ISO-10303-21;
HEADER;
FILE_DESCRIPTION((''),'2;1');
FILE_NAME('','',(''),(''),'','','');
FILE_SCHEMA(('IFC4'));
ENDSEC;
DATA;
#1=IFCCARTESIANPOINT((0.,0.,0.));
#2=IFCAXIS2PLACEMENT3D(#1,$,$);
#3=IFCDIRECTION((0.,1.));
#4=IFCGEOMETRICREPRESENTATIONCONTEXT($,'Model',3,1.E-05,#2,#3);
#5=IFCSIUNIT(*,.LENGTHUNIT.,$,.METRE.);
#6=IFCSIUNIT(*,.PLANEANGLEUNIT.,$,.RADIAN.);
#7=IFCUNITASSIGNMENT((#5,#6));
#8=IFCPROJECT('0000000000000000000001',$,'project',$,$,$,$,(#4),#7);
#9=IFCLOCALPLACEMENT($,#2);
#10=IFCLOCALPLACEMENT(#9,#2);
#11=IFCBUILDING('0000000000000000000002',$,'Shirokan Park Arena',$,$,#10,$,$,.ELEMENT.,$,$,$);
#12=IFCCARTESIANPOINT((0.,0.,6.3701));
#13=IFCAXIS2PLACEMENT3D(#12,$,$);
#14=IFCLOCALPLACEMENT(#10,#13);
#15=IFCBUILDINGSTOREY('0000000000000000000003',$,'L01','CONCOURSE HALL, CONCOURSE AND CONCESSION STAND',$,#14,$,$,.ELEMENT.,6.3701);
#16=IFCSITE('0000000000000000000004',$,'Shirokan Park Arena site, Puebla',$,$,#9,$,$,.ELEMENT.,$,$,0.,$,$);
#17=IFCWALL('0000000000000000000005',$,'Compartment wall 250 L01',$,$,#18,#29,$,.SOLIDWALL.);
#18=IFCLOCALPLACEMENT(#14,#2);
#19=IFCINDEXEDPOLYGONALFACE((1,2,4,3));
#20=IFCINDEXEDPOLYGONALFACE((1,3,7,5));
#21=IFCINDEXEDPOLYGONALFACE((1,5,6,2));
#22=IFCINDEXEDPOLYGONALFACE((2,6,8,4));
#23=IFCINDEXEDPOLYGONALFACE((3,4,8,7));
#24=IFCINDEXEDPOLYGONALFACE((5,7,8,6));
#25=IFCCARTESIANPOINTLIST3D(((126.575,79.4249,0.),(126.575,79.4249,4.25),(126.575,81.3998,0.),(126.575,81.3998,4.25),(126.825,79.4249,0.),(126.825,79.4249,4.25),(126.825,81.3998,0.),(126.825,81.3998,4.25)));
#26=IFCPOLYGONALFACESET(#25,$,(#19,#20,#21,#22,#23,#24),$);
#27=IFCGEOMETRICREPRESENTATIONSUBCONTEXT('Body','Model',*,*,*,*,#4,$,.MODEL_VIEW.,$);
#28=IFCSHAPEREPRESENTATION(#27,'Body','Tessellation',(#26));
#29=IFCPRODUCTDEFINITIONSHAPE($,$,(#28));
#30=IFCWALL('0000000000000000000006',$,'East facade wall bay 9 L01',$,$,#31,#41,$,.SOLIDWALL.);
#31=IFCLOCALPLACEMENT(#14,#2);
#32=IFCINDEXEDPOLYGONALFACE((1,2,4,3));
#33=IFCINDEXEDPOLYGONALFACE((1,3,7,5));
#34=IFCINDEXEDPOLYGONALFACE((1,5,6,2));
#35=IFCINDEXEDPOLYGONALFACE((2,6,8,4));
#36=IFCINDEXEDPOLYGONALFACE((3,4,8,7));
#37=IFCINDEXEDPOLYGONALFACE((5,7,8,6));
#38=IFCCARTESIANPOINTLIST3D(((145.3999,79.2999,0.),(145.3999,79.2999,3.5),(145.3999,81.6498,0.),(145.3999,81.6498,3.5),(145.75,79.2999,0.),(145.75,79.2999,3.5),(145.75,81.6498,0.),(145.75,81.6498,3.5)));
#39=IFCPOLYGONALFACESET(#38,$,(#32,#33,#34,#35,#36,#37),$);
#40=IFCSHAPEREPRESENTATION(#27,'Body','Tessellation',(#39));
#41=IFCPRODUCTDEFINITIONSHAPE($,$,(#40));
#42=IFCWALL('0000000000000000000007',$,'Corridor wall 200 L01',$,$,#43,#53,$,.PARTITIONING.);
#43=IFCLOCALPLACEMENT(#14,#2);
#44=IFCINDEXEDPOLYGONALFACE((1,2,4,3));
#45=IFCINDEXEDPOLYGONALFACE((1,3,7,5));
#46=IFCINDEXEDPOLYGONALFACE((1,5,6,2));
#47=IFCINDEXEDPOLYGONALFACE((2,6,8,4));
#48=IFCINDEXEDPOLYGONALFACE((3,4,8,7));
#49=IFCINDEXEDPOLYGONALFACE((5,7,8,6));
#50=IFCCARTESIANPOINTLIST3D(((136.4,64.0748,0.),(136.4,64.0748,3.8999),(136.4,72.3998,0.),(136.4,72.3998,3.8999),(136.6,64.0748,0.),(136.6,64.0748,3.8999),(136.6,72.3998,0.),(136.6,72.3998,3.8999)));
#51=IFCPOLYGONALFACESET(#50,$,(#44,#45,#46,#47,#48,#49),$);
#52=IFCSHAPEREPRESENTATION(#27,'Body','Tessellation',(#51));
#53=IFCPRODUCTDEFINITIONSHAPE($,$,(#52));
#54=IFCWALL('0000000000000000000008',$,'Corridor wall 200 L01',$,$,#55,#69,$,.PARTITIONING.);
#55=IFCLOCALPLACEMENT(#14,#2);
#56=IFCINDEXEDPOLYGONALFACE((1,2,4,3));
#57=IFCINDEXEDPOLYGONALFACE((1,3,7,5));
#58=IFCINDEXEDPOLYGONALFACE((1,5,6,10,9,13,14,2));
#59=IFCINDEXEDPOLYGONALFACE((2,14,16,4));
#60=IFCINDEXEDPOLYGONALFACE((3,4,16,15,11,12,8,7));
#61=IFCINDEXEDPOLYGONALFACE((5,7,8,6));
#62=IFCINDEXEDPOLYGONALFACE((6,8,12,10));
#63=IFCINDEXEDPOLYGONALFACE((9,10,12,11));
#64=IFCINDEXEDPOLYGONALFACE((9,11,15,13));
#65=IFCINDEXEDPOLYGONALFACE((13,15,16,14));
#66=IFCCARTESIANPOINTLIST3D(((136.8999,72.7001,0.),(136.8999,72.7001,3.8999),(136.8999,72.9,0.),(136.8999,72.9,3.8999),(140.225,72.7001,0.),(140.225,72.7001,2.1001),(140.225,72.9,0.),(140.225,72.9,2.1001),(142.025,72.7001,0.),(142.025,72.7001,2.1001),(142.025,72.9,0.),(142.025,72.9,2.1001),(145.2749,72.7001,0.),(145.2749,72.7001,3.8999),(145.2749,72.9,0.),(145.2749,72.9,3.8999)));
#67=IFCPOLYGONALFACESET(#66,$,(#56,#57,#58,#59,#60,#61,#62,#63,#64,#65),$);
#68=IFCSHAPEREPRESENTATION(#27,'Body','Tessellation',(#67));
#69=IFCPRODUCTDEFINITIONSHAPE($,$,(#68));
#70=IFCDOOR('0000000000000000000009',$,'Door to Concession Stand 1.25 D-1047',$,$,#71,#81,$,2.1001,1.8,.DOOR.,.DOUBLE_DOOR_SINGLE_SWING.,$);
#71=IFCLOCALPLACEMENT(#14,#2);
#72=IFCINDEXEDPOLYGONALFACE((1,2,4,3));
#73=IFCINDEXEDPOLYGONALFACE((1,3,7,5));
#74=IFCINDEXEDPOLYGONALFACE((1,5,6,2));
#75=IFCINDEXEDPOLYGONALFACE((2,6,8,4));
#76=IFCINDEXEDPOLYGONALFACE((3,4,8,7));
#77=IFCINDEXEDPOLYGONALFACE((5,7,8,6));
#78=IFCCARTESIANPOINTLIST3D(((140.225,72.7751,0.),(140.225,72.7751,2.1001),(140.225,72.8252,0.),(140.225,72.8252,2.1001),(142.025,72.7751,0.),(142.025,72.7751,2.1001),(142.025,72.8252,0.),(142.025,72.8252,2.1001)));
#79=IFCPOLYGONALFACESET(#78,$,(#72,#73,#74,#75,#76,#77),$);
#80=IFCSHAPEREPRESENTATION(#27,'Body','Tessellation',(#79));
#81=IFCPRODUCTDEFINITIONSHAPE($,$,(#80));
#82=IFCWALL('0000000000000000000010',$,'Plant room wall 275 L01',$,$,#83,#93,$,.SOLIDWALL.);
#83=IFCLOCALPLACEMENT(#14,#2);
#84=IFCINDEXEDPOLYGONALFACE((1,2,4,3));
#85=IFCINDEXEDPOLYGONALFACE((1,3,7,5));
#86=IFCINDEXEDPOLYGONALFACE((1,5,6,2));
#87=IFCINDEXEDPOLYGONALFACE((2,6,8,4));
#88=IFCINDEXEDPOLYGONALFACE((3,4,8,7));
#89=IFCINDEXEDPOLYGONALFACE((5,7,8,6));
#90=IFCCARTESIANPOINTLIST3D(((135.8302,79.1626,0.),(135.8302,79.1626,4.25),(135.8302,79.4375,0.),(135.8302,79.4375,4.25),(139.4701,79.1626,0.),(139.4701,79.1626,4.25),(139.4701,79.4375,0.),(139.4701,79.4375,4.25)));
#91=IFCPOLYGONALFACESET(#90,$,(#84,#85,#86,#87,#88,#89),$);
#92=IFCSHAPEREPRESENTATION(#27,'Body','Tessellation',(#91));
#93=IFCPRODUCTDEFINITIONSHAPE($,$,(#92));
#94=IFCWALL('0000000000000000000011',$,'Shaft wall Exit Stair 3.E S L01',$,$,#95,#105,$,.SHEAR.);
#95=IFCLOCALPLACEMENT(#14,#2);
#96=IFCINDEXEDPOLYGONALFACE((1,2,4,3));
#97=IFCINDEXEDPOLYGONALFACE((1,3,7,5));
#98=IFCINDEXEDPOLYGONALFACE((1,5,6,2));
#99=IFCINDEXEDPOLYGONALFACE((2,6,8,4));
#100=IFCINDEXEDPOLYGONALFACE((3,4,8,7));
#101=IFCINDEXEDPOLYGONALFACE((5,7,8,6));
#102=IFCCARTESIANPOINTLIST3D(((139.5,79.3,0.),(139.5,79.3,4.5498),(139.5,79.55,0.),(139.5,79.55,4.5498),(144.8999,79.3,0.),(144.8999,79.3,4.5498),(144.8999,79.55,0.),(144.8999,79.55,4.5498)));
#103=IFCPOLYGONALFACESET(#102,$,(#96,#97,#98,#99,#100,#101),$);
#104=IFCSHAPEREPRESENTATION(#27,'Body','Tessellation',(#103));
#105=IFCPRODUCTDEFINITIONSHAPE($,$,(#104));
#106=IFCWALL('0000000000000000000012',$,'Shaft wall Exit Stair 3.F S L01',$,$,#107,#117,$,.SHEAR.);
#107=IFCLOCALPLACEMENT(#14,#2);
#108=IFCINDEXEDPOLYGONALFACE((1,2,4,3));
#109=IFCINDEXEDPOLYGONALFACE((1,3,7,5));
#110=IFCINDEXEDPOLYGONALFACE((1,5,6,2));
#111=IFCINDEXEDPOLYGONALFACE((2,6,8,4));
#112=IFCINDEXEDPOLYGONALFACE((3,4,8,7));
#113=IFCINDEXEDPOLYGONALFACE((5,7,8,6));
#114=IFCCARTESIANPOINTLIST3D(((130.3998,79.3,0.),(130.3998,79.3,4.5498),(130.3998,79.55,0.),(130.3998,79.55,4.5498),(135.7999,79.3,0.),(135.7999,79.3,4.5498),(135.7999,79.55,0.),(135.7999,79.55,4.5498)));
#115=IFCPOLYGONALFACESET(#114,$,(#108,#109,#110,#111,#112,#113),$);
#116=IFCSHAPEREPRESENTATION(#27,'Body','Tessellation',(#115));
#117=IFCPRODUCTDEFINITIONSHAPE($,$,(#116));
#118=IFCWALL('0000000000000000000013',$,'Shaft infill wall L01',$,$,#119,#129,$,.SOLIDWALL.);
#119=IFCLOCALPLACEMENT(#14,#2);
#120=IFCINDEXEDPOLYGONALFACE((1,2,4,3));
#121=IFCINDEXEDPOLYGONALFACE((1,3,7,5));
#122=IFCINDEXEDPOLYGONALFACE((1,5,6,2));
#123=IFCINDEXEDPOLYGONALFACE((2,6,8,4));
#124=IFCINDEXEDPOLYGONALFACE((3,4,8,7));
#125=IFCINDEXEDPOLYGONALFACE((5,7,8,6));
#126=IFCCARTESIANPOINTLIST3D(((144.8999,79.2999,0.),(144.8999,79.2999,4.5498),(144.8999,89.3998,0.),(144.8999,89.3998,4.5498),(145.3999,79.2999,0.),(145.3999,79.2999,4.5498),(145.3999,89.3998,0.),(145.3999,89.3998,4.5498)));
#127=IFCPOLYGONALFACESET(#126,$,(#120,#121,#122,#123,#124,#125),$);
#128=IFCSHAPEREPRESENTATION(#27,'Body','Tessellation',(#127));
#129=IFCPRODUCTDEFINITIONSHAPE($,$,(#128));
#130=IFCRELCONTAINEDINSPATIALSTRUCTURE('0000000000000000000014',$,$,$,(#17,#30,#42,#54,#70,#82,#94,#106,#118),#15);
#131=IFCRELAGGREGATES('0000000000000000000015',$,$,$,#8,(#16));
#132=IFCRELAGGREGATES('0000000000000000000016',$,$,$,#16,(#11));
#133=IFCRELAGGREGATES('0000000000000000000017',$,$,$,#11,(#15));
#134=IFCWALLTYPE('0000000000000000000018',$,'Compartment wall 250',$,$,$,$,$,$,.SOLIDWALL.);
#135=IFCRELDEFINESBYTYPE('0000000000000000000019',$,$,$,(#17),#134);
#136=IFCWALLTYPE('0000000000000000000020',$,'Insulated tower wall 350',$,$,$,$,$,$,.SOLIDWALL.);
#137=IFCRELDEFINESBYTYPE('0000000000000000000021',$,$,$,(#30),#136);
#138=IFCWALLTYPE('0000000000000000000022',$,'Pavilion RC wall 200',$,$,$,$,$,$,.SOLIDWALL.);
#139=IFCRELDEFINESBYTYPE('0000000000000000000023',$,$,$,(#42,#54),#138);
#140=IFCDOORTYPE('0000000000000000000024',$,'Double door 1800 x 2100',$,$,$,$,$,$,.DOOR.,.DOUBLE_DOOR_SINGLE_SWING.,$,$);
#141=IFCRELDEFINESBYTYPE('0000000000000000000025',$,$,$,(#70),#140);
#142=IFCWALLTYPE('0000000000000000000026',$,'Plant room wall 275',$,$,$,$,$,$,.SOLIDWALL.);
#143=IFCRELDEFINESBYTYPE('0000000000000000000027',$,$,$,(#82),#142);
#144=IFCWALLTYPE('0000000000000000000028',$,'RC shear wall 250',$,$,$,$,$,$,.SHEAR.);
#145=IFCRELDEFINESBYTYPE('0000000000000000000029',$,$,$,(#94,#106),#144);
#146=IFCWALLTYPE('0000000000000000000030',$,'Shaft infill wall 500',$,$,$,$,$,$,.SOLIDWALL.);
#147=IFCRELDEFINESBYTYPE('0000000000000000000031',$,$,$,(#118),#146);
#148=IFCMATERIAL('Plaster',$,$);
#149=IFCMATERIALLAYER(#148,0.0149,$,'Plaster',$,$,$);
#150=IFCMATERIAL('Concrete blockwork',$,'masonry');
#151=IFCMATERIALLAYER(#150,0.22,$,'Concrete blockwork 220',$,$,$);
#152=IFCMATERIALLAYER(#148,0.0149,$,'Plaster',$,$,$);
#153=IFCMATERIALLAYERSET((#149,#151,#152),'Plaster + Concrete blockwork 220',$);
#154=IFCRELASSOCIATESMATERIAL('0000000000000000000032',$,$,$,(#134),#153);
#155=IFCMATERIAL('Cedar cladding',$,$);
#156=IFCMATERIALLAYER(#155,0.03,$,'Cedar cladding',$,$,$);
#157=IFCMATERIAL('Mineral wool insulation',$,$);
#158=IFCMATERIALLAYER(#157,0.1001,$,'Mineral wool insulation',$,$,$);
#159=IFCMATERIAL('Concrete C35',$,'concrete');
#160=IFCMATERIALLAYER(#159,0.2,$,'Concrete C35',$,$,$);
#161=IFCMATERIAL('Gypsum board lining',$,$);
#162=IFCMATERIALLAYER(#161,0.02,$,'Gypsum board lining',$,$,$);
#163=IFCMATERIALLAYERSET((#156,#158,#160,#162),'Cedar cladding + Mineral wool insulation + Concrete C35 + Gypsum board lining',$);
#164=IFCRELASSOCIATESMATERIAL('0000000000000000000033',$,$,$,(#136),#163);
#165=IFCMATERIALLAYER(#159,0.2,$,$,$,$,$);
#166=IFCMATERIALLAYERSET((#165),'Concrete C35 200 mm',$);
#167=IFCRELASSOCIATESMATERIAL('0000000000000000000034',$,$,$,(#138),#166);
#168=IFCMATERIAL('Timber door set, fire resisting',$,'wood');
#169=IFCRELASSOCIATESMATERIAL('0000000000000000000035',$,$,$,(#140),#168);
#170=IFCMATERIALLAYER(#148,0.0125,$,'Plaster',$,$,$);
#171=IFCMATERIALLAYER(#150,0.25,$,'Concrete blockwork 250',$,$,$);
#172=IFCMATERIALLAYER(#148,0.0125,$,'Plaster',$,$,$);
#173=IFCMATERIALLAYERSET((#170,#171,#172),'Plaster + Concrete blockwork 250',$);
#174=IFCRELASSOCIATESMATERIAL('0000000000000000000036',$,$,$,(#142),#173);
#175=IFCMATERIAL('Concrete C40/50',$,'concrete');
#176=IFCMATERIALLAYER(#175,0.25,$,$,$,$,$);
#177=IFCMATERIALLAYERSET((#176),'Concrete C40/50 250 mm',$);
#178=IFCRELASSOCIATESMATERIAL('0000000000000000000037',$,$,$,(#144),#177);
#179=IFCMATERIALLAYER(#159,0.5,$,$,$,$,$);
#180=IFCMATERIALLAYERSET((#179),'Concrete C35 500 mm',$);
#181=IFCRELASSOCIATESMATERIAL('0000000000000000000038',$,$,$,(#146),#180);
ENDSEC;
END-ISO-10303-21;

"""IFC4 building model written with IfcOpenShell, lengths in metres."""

from ifc_helpers import new_model, si_unit, direction, frame, frame_2d, origin, place, context, subcontext, project, spatial, rectangle, extrude, material, layer, layer_set, type_object, element, fill, save


model = new_model("IFC4")

# Units and contexts
model_context = context("Model", 3, precision=1e-05, world=origin(), true_north=direction((0.0, 1.0)))
body_context = subcontext(model_context, "Body", "Model", "MODEL_VIEW")
ifc_project = project(units=[si_unit("LENGTHUNIT", "METRE"), si_unit("PLANEANGLEUNIT", "RADIAN")], contexts=[model_context])

# Site, building, storey
site_placement = place(None, origin())
site = spatial("IfcSite", under=ifc_project, at=site_placement, Name="Shirokan Park Arena site, Puebla", CompositionType="ELEMENT", RefElevation=0.0)
building_placement = place(site_placement, origin())
building = spatial("IfcBuilding", under=site, at=building_placement, Name="Shirokan Park Arena", CompositionType="ELEMENT")
storey_placement = place(building_placement, frame((0.0, 0.0, 6.3701)))
storey = spatial("IfcBuildingStorey", under=building, at=storey_placement, Name="L01", Description="CONCOURSE HALL, CONCOURSE AND CONCESSION STAND", CompositionType="ELEMENT", Elevation=6.3701)

# Shared definitions
ifc_material_1 = material(Name="Concrete C35", Category="concrete")

# Walls
ifc_material_2 = material(Name="Plaster")
ifc_layer_1 = layer(ifc_material_2, 0.0149, Name="Plaster")
ifc_material_3 = material(Name="Concrete blockwork", Category="masonry")
ifc_layer_2 = layer(ifc_material_3, 0.22, Name="Concrete blockwork 220")
ifc_layer_3 = layer(ifc_material_2, 0.0149, Name="Plaster")
ifc_layer_set_1 = layer_set([ifc_layer_1, ifc_layer_2, ifc_layer_3], Name="Plaster + Concrete blockwork 220")
wall_type_1 = type_object("IfcWallType", Name="Compartment wall 250", PredefinedType="SOLIDWALL", material=ifc_layer_set_1)
wall_1_placement = place(storey_placement, frame((126.7, 79.425, 0.0), z_axis=(0.0, 0.0, 1.0), x_axis=(0.0, 1.0, 0.0)))
element("IfcWall", 1, at=wall_1_placement, inside=storey, type_object=wall_type_1, Name="Compartment wall 250 L01", PredefinedType="SOLIDWALL", context=body_context, shape_type="SweptSolid", body=[
    extrude(rectangle(XDim=1.9749, YDim=0.25, at=frame_2d((0.9873, 0.0))), origin(), (0.0, 0.0, 1.0), 4.25),
])
ifc_material_4 = material(Name="Cedar cladding")
ifc_layer_4 = layer(ifc_material_4, 0.03, Name="Cedar cladding")
ifc_material_5 = material(Name="Mineral wool insulation")
ifc_layer_5 = layer(ifc_material_5, 0.1001, Name="Mineral wool insulation")
ifc_layer_6 = layer(ifc_material_1, 0.2, Name="Concrete C35")
ifc_material_6 = material(Name="Gypsum board lining")
ifc_layer_7 = layer(ifc_material_6, 0.02, Name="Gypsum board lining")
ifc_layer_set_2 = layer_set([ifc_layer_4, ifc_layer_5, ifc_layer_6, ifc_layer_7], Name="Cedar cladding + Mineral wool insulation + Concrete C35 + Gypsum board lining")
wall_type_2 = type_object("IfcWallType", Name="Insulated tower wall 350", PredefinedType="SOLIDWALL", material=ifc_layer_set_2)
wall_2_placement = place(storey_placement, frame((145.575, 79.3, 0.0), z_axis=(0.0, 0.0, 1.0), x_axis=(0.0, 1.0, 0.0)))
element("IfcWall", 2, at=wall_2_placement, inside=storey, type_object=wall_type_2, Name="East facade wall bay 9 L01", PredefinedType="SOLIDWALL", context=body_context, shape_type="SweptSolid", body=[
    extrude(rectangle(XDim=2.3499, YDim=0.3501, at=frame_2d((1.1748, 0.0))), origin(), (0.0, 0.0, 1.0), 3.5),
])
ifc_layer_8 = layer(ifc_material_1, 0.2)
ifc_layer_set_3 = layer_set([ifc_layer_8], Name="Concrete C35 200 mm")
wall_type_3 = type_object("IfcWallType", Name="Pavilion RC wall 200", PredefinedType="SOLIDWALL", material=ifc_layer_set_3)
wall_3_placement = place(storey_placement, frame((136.5, 72.3999, 0.0), z_axis=(0.0, 0.0, 1.0), x_axis=(0.0, -1.0, 0.0)))
element("IfcWall", 3, at=wall_3_placement, inside=storey, type_object=wall_type_3, Name="Corridor wall 200 L01", PredefinedType="PARTITIONING", context=body_context, shape_type="SweptSolid", body=[
    extrude(rectangle(XDim=8.325, YDim=0.2, at=frame_2d((4.1626, 0.0))), origin(), (0.0, 0.0, 1.0), 3.8999),
])

# Wall, opening, door
wall_4_placement = place(storey_placement, frame((145.2749, 72.8, 0.0), z_axis=(0.0, 0.0, 1.0), x_axis=(-1.0, 0.0, 0.0)))
wall_4 = element("IfcWall", 4, at=wall_4_placement, inside=storey, type_object=wall_type_3, Name="Corridor wall 200 L01", PredefinedType="PARTITIONING", context=body_context, shape_type="SweptSolid", body=[
    extrude(rectangle(XDim=8.375, YDim=0.2, at=frame_2d((4.1875, 0.0))), origin(), (0.0, 0.0, 1.0), 3.8999),
])
opening_placement = place(wall_4_placement, frame((3.25, 0.0, 0.0)))
opening = element("IfcOpeningElement", 5, at=opening_placement, cuts=wall_4, PredefinedType="OPENING", context=body_context, shape_type="SweptSolid", body=[
    extrude(rectangle(XDim=1.8, YDim=2.1001, at=frame_2d((0.8999, 1.05))), frame((0.0, 0.1099, 0.0), z_axis=(0.0, -1.0, 0.0), x_axis=(1.0, 0.0, 0.0)), (0.0, 0.0, 1.0), 0.22),
])
ifc_material_7 = material(Name="Timber door set, fire resisting", Category="wood")
door_type = type_object("IfcDoorType", Name="Double door 1800 x 2100", OperationType="DOUBLE_DOOR_SINGLE_SWING", PredefinedType="DOOR", material=ifc_material_7)
door_placement = place(opening_placement, origin())
door = element("IfcDoor", 6, at=door_placement, inside=storey, type_object=door_type, Name="Door to Concession Stand 1.25 D-1047", OperationType="DOUBLE_DOOR_SINGLE_SWING", OverallHeight=2.1001, OverallWidth=1.8, PredefinedType="DOOR", context=body_context, shape_type="SweptSolid", body=[
    extrude(rectangle(XDim=1.8, YDim=2.1001, at=frame_2d((0.8999, 1.05))), frame((0.0, 0.0249, 0.0), z_axis=(0.0, -1.0, 0.0), x_axis=(1.0, 0.0, 0.0)), (0.0, 0.0, 1.0), 0.05),
])
fill(opening, door)

# Walls
ifc_layer_9 = layer(ifc_material_2, 0.0125, Name="Plaster")
ifc_layer_10 = layer(ifc_material_3, 0.25, Name="Concrete blockwork 250")
ifc_layer_11 = layer(ifc_material_2, 0.0125, Name="Plaster")
ifc_layer_set_4 = layer_set([ifc_layer_9, ifc_layer_10, ifc_layer_11], Name="Plaster + Concrete blockwork 250")
wall_type_4 = type_object("IfcWallType", Name="Plant room wall 275", PredefinedType="SOLIDWALL", material=ifc_layer_set_4)
wall_5_placement = place(storey_placement, frame((139.47, 79.3, 0.0), z_axis=(0.0, 0.0, 1.0), x_axis=(-1.0, 0.0, 0.0)))
element("IfcWall", 7, at=wall_5_placement, inside=storey, type_object=wall_type_4, Name="Plant room wall 275 L01", PredefinedType="SOLIDWALL", context=body_context, shape_type="SweptSolid", body=[
    extrude(rectangle(XDim=3.6399, YDim=0.2749, at=frame_2d((1.8198, 0.0))), origin(), (0.0, 0.0, 1.0), 4.25),
])
ifc_material_8 = material(Name="Concrete C40/50", Category="concrete")
ifc_layer_12 = layer(ifc_material_8, 0.25)
ifc_layer_set_5 = layer_set([ifc_layer_12], Name="Concrete C40/50 250 mm")
wall_type_5 = type_object("IfcWallType", Name="RC shear wall 250", PredefinedType="SHEAR", material=ifc_layer_set_5)
wall_6_placement = place(storey_placement, frame((144.8999, 79.425, 0.0), z_axis=(0.0, 0.0, 1.0), x_axis=(-1.0, 0.0, 0.0)))
element("IfcWall", 8, at=wall_6_placement, inside=storey, type_object=wall_type_5, Name="Shaft wall Exit Stair 3.E S L01", PredefinedType="SHEAR", context=body_context, shape_type="SweptSolid", body=[
    extrude(rectangle(XDim=5.3999, YDim=0.25, at=frame_2d((2.7, 0.0))), origin(), (0.0, 0.0, 1.0), 4.5498),
])
wall_7_placement = place(storey_placement, frame((135.8, 79.425, 0.0), z_axis=(0.0, 0.0, 1.0), x_axis=(-1.0, 0.0, 0.0)))
element("IfcWall", 9, at=wall_7_placement, inside=storey, type_object=wall_type_5, Name="Shaft wall Exit Stair 3.F S L01", PredefinedType="SHEAR", context=body_context, shape_type="SweptSolid", body=[
    extrude(rectangle(XDim=5.4001, YDim=0.25, at=frame_2d((2.7002, 0.0))), origin(), (0.0, 0.0, 1.0), 4.5498),
])
ifc_layer_13 = layer(ifc_material_1, 0.5)
ifc_layer_set_6 = layer_set([ifc_layer_13], Name="Concrete C35 500 mm")
wall_type_6 = type_object("IfcWallType", Name="Shaft infill wall 500", PredefinedType="SOLIDWALL", material=ifc_layer_set_6)
wall_8_placement = place(storey_placement, frame((145.1499, 79.3, 0.0), z_axis=(0.0, 0.0, 1.0), x_axis=(0.0, 1.0, 0.0)))
element("IfcWall", 10, at=wall_8_placement, inside=storey, type_object=wall_type_6, Name="Shaft infill wall L01", PredefinedType="SOLIDWALL", context=body_context, shape_type="SweptSolid", body=[
    extrude(rectangle(XDim=10.0999, YDim=0.5, at=frame_2d((5.0498, 0.0))), origin(), (0.0, 0.0, 1.0), 4.5498),
])

save(model, "model.ifc")
